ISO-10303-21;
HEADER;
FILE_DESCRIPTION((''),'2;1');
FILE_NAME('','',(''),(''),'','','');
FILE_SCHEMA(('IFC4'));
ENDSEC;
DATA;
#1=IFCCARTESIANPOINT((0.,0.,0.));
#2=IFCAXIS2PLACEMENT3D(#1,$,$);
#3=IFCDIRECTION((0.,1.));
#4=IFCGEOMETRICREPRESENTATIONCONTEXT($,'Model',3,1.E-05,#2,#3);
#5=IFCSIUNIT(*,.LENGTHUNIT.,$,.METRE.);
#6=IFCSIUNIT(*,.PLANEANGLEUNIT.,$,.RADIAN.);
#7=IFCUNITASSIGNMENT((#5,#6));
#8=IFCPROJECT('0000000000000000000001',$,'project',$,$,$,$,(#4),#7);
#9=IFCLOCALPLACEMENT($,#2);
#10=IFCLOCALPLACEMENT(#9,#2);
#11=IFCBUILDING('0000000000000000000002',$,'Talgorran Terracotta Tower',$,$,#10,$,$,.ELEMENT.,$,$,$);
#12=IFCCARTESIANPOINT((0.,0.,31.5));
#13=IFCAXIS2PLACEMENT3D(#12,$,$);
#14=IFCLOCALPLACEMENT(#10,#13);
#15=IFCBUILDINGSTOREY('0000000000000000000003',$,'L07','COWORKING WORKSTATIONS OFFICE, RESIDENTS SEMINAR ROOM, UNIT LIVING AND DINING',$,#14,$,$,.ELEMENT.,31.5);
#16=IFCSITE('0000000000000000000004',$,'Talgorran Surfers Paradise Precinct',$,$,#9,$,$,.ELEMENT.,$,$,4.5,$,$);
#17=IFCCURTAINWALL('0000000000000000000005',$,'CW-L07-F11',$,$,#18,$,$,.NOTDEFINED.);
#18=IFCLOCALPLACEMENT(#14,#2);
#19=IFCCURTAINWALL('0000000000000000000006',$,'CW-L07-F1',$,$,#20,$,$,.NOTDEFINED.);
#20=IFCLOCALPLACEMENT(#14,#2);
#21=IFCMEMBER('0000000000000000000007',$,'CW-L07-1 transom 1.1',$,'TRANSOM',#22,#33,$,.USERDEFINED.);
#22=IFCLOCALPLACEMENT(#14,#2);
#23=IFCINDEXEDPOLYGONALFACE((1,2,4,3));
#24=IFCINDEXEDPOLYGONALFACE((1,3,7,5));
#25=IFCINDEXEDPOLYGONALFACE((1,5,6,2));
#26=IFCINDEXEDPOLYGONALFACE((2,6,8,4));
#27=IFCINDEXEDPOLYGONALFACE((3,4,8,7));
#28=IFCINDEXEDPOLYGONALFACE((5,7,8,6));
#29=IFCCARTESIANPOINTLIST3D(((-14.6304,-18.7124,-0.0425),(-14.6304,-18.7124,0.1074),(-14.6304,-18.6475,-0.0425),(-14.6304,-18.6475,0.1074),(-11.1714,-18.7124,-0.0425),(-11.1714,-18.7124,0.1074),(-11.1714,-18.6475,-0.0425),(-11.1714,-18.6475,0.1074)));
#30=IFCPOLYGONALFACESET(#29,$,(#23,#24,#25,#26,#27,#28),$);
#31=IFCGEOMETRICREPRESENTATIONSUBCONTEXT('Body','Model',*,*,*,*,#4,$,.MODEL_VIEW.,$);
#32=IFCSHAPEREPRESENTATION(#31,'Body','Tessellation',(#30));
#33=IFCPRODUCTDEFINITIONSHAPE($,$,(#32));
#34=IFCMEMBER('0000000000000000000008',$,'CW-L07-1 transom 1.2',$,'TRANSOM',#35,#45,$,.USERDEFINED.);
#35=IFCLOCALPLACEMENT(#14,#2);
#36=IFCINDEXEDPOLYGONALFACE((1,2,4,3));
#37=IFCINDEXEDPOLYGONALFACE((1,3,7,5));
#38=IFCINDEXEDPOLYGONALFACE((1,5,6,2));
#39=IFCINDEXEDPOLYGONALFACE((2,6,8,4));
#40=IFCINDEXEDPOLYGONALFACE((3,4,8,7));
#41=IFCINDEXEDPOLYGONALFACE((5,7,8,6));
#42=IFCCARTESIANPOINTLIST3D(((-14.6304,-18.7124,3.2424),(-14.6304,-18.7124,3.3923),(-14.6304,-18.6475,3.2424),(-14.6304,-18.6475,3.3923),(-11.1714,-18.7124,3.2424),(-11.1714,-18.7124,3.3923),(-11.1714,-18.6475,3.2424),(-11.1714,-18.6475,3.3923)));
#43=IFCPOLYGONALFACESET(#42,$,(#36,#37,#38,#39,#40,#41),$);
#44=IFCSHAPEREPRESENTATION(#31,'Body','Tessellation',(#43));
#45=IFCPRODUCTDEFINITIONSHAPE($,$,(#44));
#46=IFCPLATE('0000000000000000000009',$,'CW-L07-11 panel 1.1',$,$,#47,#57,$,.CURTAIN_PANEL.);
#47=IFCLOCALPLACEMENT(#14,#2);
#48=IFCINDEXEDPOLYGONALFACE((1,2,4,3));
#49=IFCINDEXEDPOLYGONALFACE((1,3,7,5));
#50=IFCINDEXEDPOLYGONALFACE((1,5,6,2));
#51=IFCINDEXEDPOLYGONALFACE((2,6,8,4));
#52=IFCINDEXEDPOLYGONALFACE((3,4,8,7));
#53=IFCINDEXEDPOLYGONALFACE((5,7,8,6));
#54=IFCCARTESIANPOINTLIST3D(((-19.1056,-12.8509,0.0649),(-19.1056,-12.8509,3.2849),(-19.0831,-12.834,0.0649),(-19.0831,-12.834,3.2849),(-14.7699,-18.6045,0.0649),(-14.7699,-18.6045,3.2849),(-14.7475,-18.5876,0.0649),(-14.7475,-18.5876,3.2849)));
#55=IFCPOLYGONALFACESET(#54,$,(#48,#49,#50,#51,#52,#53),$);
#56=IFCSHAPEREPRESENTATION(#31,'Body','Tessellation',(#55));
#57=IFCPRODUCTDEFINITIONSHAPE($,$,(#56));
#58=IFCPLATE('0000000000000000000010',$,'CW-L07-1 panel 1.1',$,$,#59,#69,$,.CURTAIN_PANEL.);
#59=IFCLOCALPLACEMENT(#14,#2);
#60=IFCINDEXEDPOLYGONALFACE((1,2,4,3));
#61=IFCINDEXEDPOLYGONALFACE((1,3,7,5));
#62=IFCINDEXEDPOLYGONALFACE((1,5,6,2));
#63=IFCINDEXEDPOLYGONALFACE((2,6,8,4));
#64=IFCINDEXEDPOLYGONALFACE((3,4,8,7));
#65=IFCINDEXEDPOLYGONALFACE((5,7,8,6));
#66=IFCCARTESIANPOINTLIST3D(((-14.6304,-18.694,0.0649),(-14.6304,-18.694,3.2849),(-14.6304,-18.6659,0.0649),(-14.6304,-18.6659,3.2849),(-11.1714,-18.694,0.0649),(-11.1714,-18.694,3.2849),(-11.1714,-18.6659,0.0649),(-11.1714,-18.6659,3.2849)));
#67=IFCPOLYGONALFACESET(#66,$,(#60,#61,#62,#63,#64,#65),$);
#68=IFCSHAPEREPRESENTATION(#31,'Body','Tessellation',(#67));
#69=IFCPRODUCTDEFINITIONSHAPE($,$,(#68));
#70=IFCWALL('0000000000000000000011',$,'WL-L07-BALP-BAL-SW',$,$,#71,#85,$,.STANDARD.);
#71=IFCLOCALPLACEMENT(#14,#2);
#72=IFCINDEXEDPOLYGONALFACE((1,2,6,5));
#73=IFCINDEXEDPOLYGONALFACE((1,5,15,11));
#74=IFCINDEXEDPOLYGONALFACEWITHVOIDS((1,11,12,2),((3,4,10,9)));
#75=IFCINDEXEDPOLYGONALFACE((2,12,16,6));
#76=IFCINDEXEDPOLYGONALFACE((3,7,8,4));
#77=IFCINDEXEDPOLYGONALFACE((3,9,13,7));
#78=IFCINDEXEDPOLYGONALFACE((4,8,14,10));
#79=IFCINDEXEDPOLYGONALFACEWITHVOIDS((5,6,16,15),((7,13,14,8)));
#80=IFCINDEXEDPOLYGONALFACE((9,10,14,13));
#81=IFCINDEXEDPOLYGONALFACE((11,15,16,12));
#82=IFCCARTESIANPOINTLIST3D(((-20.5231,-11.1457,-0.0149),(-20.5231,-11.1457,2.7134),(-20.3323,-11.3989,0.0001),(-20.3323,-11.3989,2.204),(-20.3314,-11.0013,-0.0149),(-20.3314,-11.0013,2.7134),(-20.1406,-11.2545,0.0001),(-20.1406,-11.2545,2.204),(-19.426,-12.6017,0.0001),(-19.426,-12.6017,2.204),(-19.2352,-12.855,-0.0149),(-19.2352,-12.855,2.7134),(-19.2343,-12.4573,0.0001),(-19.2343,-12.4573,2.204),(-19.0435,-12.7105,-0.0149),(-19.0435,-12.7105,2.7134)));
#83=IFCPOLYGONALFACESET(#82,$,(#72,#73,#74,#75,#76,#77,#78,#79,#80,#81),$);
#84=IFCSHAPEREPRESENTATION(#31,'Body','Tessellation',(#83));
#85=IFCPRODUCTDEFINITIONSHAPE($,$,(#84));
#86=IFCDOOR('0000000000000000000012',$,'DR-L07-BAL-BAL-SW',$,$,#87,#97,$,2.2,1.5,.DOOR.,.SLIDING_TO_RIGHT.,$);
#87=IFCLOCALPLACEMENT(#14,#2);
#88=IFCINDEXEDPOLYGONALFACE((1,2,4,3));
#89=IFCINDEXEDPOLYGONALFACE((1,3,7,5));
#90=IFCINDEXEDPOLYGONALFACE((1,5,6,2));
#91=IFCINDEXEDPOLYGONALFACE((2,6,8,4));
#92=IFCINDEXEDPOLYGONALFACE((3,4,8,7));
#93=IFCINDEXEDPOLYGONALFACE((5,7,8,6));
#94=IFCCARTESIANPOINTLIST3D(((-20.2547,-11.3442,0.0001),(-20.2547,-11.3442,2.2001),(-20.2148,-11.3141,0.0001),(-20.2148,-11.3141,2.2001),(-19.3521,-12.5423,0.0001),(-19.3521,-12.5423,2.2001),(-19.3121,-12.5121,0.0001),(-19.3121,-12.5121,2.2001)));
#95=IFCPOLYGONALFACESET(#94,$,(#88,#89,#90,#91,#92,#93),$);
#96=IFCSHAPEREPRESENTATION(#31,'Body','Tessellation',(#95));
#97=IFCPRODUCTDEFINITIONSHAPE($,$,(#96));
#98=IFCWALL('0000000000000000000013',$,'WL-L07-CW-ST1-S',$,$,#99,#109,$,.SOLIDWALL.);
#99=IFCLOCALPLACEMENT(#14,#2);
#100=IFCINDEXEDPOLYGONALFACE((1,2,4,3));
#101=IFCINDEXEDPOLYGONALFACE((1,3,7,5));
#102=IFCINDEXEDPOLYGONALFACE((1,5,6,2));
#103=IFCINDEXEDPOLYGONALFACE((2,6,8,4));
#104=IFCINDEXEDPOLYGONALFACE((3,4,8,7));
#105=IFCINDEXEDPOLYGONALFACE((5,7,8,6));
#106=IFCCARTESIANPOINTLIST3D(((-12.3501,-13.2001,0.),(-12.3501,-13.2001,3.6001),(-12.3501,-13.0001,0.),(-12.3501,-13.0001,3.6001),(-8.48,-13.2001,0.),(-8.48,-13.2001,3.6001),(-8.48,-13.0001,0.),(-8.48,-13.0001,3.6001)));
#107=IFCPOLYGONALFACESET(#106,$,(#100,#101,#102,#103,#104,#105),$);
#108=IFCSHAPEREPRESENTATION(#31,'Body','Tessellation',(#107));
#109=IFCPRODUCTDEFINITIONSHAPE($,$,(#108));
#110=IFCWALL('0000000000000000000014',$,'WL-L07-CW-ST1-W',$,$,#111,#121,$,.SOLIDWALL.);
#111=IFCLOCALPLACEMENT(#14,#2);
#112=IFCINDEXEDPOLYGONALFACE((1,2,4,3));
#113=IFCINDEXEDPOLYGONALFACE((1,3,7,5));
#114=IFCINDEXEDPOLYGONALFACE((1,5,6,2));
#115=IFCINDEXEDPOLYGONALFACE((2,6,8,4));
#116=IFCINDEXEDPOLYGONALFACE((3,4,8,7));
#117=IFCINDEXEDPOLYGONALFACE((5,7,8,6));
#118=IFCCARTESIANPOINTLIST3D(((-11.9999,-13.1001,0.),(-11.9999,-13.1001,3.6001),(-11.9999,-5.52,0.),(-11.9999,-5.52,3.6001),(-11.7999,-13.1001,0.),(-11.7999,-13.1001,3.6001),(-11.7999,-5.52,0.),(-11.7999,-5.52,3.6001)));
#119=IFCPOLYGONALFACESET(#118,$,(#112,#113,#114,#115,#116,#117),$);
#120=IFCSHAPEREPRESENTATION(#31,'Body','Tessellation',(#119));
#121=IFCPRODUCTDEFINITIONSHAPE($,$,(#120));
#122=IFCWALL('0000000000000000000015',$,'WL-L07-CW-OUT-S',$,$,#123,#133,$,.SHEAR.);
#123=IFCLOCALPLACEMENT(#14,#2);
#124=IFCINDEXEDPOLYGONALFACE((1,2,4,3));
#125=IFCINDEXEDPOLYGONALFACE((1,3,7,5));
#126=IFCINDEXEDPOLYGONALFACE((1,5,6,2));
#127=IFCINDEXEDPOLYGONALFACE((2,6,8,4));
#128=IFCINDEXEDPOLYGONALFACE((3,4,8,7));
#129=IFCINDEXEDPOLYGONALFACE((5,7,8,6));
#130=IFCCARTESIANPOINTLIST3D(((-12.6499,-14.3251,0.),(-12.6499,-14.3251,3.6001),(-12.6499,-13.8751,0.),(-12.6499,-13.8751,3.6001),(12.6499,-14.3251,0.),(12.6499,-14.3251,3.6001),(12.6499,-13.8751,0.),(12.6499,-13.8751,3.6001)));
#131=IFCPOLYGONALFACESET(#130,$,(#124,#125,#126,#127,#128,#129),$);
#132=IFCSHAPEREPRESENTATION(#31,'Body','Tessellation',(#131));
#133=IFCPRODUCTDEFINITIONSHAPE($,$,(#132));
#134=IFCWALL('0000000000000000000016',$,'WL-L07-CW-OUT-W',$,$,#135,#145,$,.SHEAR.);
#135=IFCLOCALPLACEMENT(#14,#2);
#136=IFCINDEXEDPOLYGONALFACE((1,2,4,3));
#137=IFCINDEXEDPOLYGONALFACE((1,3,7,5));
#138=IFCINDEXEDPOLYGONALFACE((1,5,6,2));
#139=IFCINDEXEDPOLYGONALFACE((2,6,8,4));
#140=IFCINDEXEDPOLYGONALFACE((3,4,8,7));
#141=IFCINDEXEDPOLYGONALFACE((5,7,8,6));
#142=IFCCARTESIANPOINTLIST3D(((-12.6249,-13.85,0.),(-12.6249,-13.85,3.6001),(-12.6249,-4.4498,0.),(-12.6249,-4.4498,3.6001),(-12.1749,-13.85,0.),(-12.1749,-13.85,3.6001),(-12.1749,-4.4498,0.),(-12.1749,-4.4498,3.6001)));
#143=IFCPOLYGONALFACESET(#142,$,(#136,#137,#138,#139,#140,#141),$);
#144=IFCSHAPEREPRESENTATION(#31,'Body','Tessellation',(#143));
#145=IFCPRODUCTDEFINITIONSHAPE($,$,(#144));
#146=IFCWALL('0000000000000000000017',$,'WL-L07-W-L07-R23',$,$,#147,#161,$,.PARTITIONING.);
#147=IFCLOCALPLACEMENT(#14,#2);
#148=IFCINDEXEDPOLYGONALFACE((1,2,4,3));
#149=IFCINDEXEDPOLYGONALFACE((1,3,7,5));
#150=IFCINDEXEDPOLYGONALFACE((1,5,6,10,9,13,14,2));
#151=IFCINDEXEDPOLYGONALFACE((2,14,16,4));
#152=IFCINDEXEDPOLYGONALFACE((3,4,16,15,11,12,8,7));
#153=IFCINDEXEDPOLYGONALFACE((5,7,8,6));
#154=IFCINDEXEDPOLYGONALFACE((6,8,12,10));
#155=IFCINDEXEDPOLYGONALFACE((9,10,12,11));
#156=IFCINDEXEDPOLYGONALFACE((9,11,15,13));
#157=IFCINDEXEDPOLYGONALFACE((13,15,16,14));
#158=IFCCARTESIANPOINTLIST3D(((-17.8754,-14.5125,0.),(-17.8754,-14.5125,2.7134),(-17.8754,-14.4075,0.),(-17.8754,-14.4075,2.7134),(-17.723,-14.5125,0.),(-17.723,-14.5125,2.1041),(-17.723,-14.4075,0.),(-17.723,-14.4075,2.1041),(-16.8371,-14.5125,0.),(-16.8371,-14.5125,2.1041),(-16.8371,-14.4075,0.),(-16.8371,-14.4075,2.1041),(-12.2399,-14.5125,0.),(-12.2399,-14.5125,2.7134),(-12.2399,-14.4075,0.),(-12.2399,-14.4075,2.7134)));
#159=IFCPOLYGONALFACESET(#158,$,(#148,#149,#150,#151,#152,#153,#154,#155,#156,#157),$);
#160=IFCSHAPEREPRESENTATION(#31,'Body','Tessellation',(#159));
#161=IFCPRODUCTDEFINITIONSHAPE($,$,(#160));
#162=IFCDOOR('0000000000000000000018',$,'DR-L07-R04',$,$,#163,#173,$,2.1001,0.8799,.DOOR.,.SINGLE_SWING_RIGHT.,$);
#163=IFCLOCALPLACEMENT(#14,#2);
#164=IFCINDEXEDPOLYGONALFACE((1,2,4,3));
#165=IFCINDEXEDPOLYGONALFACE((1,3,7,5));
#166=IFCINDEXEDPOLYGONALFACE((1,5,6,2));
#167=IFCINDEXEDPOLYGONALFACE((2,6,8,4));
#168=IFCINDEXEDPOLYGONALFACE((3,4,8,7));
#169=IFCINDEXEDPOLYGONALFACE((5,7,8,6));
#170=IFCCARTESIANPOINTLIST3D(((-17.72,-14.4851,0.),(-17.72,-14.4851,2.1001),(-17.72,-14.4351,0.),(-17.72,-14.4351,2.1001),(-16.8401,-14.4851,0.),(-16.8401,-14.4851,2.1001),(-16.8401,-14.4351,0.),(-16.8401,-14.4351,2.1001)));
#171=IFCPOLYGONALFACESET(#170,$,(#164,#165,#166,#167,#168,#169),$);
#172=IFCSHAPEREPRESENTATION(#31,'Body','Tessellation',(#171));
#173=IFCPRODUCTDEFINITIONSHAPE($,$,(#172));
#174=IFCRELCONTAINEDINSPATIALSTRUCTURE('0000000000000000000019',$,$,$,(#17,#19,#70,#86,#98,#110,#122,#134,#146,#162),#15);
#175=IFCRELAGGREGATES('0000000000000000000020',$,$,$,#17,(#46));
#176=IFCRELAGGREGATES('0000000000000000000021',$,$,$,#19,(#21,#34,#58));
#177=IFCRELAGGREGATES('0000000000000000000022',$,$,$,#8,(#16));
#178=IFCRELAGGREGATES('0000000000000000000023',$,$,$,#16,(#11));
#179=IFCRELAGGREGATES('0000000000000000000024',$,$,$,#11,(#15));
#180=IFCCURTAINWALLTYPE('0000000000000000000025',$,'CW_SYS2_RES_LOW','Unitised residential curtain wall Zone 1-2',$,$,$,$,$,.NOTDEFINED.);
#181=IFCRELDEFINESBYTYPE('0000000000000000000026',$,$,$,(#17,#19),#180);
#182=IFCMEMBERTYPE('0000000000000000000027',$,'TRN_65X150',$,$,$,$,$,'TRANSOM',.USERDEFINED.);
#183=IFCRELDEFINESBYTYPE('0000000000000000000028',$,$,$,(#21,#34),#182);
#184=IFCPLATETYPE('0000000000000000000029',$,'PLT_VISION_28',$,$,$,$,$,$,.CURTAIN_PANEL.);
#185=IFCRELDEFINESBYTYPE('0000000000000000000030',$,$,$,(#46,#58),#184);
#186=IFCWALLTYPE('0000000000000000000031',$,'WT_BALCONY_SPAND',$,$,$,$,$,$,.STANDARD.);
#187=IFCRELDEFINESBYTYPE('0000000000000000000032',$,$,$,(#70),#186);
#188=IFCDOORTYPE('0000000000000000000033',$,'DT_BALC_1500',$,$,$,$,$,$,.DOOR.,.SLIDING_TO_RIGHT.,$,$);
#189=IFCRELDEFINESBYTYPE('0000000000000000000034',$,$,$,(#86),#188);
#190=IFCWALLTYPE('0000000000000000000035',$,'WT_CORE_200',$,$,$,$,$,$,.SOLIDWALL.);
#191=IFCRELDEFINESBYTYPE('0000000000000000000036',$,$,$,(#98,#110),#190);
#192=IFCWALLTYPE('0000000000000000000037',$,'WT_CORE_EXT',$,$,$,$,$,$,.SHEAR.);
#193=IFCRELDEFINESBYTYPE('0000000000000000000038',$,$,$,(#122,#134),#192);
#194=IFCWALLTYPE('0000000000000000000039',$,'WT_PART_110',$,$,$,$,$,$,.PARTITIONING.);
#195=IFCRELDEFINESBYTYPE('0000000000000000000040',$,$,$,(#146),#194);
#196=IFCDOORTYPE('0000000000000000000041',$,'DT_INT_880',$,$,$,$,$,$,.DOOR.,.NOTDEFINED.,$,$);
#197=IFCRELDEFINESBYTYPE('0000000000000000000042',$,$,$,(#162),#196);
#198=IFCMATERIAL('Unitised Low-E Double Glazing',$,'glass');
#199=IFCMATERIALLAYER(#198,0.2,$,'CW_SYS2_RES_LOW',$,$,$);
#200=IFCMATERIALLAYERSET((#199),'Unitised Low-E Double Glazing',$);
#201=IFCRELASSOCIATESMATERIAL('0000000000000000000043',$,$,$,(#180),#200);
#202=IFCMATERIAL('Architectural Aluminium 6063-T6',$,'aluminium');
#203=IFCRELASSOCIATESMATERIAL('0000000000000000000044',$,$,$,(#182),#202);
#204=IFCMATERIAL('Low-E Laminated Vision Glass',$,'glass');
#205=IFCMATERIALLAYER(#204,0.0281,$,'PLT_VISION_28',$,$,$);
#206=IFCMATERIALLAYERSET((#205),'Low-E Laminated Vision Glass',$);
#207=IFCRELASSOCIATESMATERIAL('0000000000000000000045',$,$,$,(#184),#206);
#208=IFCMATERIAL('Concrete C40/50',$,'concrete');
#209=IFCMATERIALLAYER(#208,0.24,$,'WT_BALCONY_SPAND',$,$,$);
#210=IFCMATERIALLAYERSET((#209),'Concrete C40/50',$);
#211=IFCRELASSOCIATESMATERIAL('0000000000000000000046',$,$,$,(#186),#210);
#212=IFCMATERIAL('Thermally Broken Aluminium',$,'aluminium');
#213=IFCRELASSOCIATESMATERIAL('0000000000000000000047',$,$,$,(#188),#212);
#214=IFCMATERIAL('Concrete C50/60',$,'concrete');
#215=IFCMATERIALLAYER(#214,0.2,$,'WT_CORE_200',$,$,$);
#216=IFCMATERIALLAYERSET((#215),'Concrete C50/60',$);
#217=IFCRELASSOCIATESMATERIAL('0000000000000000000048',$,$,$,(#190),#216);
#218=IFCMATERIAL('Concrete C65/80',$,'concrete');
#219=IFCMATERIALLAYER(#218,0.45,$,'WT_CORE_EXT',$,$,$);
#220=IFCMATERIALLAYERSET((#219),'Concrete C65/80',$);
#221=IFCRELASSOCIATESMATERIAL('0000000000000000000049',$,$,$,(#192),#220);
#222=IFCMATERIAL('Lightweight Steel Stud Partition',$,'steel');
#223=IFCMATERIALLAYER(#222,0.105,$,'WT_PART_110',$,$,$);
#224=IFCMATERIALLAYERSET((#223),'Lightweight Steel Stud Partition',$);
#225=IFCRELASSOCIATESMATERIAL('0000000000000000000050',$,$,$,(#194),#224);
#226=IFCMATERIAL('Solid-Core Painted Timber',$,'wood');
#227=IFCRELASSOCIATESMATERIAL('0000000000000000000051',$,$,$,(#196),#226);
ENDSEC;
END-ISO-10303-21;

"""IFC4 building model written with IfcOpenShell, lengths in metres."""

from ifc_helpers import new_model, si_unit, direction, frame, frame_2d, origin, origin_2d, place, context, subcontext, project, spatial, rectangle, extrude, source, transform, mapped, material, layer, layer_set, material_profile, profile_set, type_object, type_shapes, element, fill, aggregate, save


model = new_model("IFC4")

# Units and contexts
model_context = context("Model", 3, precision=1e-05, world=origin(), true_north=direction((0.0, 1.0)))
body_context = subcontext(model_context, "Body", "Model", "MODEL_VIEW")
ifc_project = project(units=[si_unit("LENGTHUNIT", "METRE"), si_unit("PLANEANGLEUNIT", "RADIAN")], contexts=[model_context])

# Site, building, storey
site_placement = place(None, origin())
site = spatial("IfcSite", under=ifc_project, at=site_placement, Name="Talgorran Surfers Paradise Precinct", CompositionType="ELEMENT", RefElevation=4.5)
building_placement = place(site_placement, origin())
building = spatial("IfcBuilding", under=site, at=building_placement, Name="Talgorran Terracotta Tower", CompositionType="ELEMENT")
storey_placement = place(building_placement, frame((0.0, 0.0, 31.5)))
storey = spatial("IfcBuildingStorey", under=building, at=storey_placement, Name="L07", Description="COWORKING WORKSTATIONS OFFICE, RESIDENTS SEMINAR ROOM, UNIT LIVING AND DINING", CompositionType="ELEMENT", Elevation=31.5)

# Curtain walls
ifc_material_1 = material(Name="Unitised Low-E Double Glazing", Category="glass")
ifc_layer_1 = layer(ifc_material_1, 0.2, Name="CW_SYS2_RES_LOW")
ifc_layer_set_1 = layer_set([ifc_layer_1], Name="Unitised Low-E Double Glazing")
curtain_wall_type = type_object("IfcCurtainWallType", Name="CW_SYS2_RES_LOW", Description="Unitised residential curtain wall Zone 1-2", PredefinedType="NOTDEFINED", material=ifc_layer_set_1)
curtain_wall_1_placement = place(storey_placement, origin())
curtain_wall_1 = element("IfcCurtainWall", 1, at=curtain_wall_1_placement, inside=storey, type_object=curtain_wall_type, Name="CW-L07-F11", PredefinedType="NOTDEFINED")
ifc_material_2 = material(Name="Architectural Aluminium 6063-T6", Category="aluminium")
curtain_wall_2_placement = place(storey_placement, origin())
curtain_wall_2 = element("IfcCurtainWall", 2, at=curtain_wall_2_placement, inside=storey, type_object=curtain_wall_type, Name="CW-L07-F1", PredefinedType="NOTDEFINED")

# Members
ifc_material_profile_1 = material_profile(ifc_material_2, rectangle(XDim=0.0649, YDim=0.1499, at=origin_2d()), Name="CWT65X150")
ifc_profile_set_1 = profile_set([ifc_material_profile_1], Name="Architectural Aluminium 6063-T6")
member_type_1 = type_object("IfcMemberType", Name="TRN_65X150", ElementType="TRANSOM", PredefinedType="USERDEFINED", material=ifc_profile_set_1)
member_1_placement = place(storey_placement, frame((-14.6304, -18.6799, 0.0325), z_axis=(1.0, 0.0, 0.0), x_axis=(0.0, 1.0, 0.0)))
member_1 = element("IfcMember", 3, at=member_1_placement, type_object=member_type_1, Name="CW-L07-1 transom 1.1", ObjectType="TRANSOM", PredefinedType="USERDEFINED", context=body_context, shape_type="SweptSolid", body=[
    extrude(rectangle(XDim=0.0649, YDim=0.1499, at=origin_2d()), origin(), (0.0, 0.0, 1.0), 3.459),
])
member_2_placement = place(storey_placement, frame((-14.6304, -18.6799, 3.3174), z_axis=(1.0, 0.0, 0.0), x_axis=(0.0, 1.0, 0.0)))
member_2 = element("IfcMember", 4, at=member_2_placement, type_object=member_type_1, Name="CW-L07-1 transom 1.2", ObjectType="TRANSOM", PredefinedType="USERDEFINED", context=body_context, shape_type="SweptSolid", body=[
    extrude(rectangle(XDim=0.0649, YDim=0.1499, at=origin_2d()), origin(), (0.0, 0.0, 1.0), 3.459),
])

# Plates
ifc_material_3 = material(Name="Low-E Laminated Vision Glass", Category="glass")
ifc_layer_2 = layer(ifc_material_3, 0.0281, Name="PLT_VISION_28")
ifc_layer_set_2 = layer_set([ifc_layer_2], Name="Low-E Laminated Vision Glass")
plate_type = type_object("IfcPlateType", Name="PLT_VISION_28", PredefinedType="CURTAIN_PANEL", material=ifc_layer_set_2)
shared_shape_1 = source(origin(), body_context, "Body", "SweptSolid", [
    extrude(rectangle(XDim=7.2043, YDim=0.0281, at=origin_2d()), origin(), (0.0, 0.0, 1.0), 3.22),
])
plate_1_placement = place(storey_placement, frame((-16.9265, -15.7192, 0.0649), z_axis=(0.0, 0.0, 1.0), x_axis=(0.601811, -0.798638, 0.0)))
plate_1 = element("IfcPlate", 5, at=plate_1_placement, type_object=plate_type, Name="CW-L07-11 panel 1.1", PredefinedType="CURTAIN_PANEL", context=body_context, shape_type="MappedRepresentation", body=[
    mapped(shared_shape_1, transform((0.0, 0.0, 0.0), scale=1.0)),
])
aggregate(curtain_wall_1, [plate_1])
shared_shape_2 = source(origin(), body_context, "Body", "SweptSolid", [
    extrude(rectangle(XDim=3.459, YDim=0.0281, at=origin_2d()), origin(), (0.0, 0.0, 1.0), 3.22),
])
type_shapes(plate_type, [shared_shape_1, shared_shape_2])
plate_2_placement = place(storey_placement, frame((-12.9009, -18.6799, 0.0649), z_axis=(0.0, 0.0, 1.0), x_axis=(1.0, 0.0, 0.0)))
plate_2 = element("IfcPlate", 6, at=plate_2_placement, type_object=plate_type, Name="CW-L07-1 panel 1.1", PredefinedType="CURTAIN_PANEL", context=body_context, shape_type="MappedRepresentation", body=[
    mapped(shared_shape_2, transform((0.0, 0.0, 0.0), scale=1.0)),
])
aggregate(curtain_wall_2, [member_1, member_2, plate_2])

# Wall, opening, door
ifc_material_4 = material(Name="Concrete C40/50", Category="concrete")
ifc_layer_3 = layer(ifc_material_4, 0.24, Name="WT_BALCONY_SPAND")
ifc_layer_set_3 = layer_set([ifc_layer_3], Name="Concrete C40/50")
wall_type_1 = type_object("IfcWallType", Name="WT_BALCONY_SPAND", PredefinedType="STANDARD", material=ifc_layer_set_3)
wall_1_placement = place(storey_placement, frame((-20.4272, -11.0735, -0.0149), z_axis=(0.0, 0.0, 1.0), x_axis=(0.601769, -0.79867, 0.0)))
wall_1 = element("IfcWall", 7, at=wall_1_placement, inside=storey, type_object=wall_type_1, Name="WL-L07-BALP-BAL-SW", PredefinedType="STANDARD", context=body_context, shape_type="SweptSolid", body=[
    extrude(rectangle(XDim=2.1401, YDim=0.24, at=frame_2d((1.0701, 0.0))), origin(), (0.0, 0.0, 1.0), 2.7283),
])
opening_1_placement = place(wall_1_placement, frame((0.3201, 0.0, 0.0149)))
opening_1 = element("IfcOpeningElement", 8, at=opening_1_placement, cuts=wall_1, PredefinedType="OPENING", context=body_context, shape_type="SweptSolid", body=[
    extrude(rectangle(XDim=1.506, YDim=2.204, at=frame_2d((0.75, 1.1021))), frame((0.0, 0.1299, 0.0), z_axis=(0.0, -1.0, 0.0), x_axis=(1.0, 0.0, 0.0)), (0.0, 0.0, 1.0), 0.26),
])
ifc_material_5 = material(Name="Thermally Broken Aluminium", Category="aluminium")
door_type_1 = type_object("IfcDoorType", Name="DT_BALC_1500", OperationType="SLIDING_TO_RIGHT", PredefinedType="DOOR", material=ifc_material_5)
door_1_placement = place(opening_1_placement, origin())
door_1 = element("IfcDoor", 9, at=door_1_placement, inside=storey, type_object=door_type_1, Name="DR-L07-BAL-BAL-SW", OperationType="SLIDING_TO_RIGHT", OverallHeight=2.2, OverallWidth=1.5, PredefinedType="DOOR", context=body_context, shape_type="SweptSolid", body=[
    extrude(rectangle(XDim=1.5, YDim=2.2, at=frame_2d((0.75, 1.1001))), frame((0.0, 0.0249, 0.0), z_axis=(0.0, -1.0, 0.0), x_axis=(1.0, 0.0, 0.0)), (0.0, 0.0, 1.0), 0.05),
])
fill(opening_1, door_1)

# Walls
ifc_material_6 = material(Name="Concrete C50/60", Category="concrete")
ifc_layer_4 = layer(ifc_material_6, 0.2, Name="WT_CORE_200")
ifc_layer_set_4 = layer_set([ifc_layer_4], Name="Concrete C50/60")
wall_type_2 = type_object("IfcWallType", Name="WT_CORE_200", PredefinedType="SOLIDWALL", material=ifc_layer_set_4)
wall_2_placement = place(storey_placement, frame((-12.3501, -13.1001, 0.0), z_axis=(0.0, 0.0, 1.0), x_axis=(1.0, 0.0, 0.0)))
element("IfcWall", 10, at=wall_2_placement, inside=storey, type_object=wall_type_2, Name="WL-L07-CW-ST1-S", PredefinedType="SOLIDWALL", context=body_context, shape_type="SweptSolid", body=[
    extrude(rectangle(XDim=3.8701, YDim=0.2, at=frame_2d((1.9351, 0.0))), origin(), (0.0, 0.0, 1.0), 3.6001),
])
wall_3_placement = place(storey_placement, frame((-11.8999, -13.1001, 0.0), z_axis=(0.0, 0.0, 1.0), x_axis=(0.0, 1.0, 0.0)))
element("IfcWall", 11, at=wall_3_placement, inside=storey, type_object=wall_type_2, Name="WL-L07-CW-ST1-W", PredefinedType="SOLIDWALL", context=body_context, shape_type="SweptSolid", body=[
    extrude(rectangle(XDim=7.5801, YDim=0.2, at=frame_2d((3.79, 0.0))), origin(), (0.0, 0.0, 1.0), 3.6001),
])
ifc_material_7 = material(Name="Concrete C65/80", Category="concrete")
ifc_layer_5 = layer(ifc_material_7, 0.45, Name="WT_CORE_EXT")
ifc_layer_set_5 = layer_set([ifc_layer_5], Name="Concrete C65/80")
wall_type_3 = type_object("IfcWallType", Name="WT_CORE_EXT", PredefinedType="SHEAR", material=ifc_layer_set_5)
wall_4_placement = place(storey_placement, frame((-12.6499, -14.1001, 0.0), z_axis=(0.0, 0.0, 1.0), x_axis=(1.0, 0.0, 0.0)))
element("IfcWall", 12, at=wall_4_placement, inside=storey, type_object=wall_type_3, Name="WL-L07-CW-OUT-S", PredefinedType="SHEAR", context=body_context, shape_type="SweptSolid", body=[
    extrude(rectangle(XDim=25.2998, YDim=0.45, at=frame_2d((12.6499, 0.0))), origin(), (0.0, 0.0, 1.0), 3.6001),
])
wall_5_placement = place(storey_placement, frame((-12.3999, -13.8501, 0.0), z_axis=(0.0, 0.0, 1.0), x_axis=(0.0, 1.0, 0.0)))
element("IfcWall", 13, at=wall_5_placement, inside=storey, type_object=wall_type_3, Name="WL-L07-CW-OUT-W", PredefinedType="SHEAR", context=body_context, shape_type="SweptSolid", body=[
    extrude(rectangle(XDim=9.4001, YDim=0.45, at=frame_2d((4.7002, 0.0))), origin(), (0.0, 0.0, 1.0), 3.6001),
])

# Wall, opening, door
ifc_material_8 = material(Name="Lightweight Steel Stud Partition", Category="steel")
ifc_layer_6 = layer(ifc_material_8, 0.105, Name="WT_PART_110")
ifc_layer_set_6 = layer_set([ifc_layer_6], Name="Lightweight Steel Stud Partition")
wall_type_4 = type_object("IfcWallType", Name="WT_PART_110", PredefinedType="PARTITIONING", material=ifc_layer_set_6)
wall_6_placement = place(storey_placement, frame((-17.8755, -14.46, 0.0), z_axis=(0.0, 0.0, 1.0), x_axis=(1.0, 0.0, 0.0)))
wall_6 = element("IfcWall", 14, at=wall_6_placement, inside=storey, type_object=wall_type_4, Name="WL-L07-W-L07-R23", PredefinedType="PARTITIONING", context=body_context, shape_type="SweptSolid", body=[
    extrude(rectangle(XDim=5.6355, YDim=0.105, at=frame_2d((2.8179, 0.0))), origin(), (0.0, 0.0, 1.0), 2.7134),
])
opening_2_placement = place(wall_6_placement, frame((0.1555, 0.0, 0.0)))
opening_2 = element("IfcOpeningElement", 15, at=opening_2_placement, cuts=wall_6, PredefinedType="OPENING", context=body_context, shape_type="SweptSolid", body=[
    extrude(rectangle(XDim=0.8859, YDim=2.1041, at=frame_2d((0.4399, 1.052))), frame((0.0, 0.0625, 0.0), z_axis=(0.0, -1.0, 0.0), x_axis=(1.0, 0.0, 0.0)), (0.0, 0.0, 1.0), 0.125),
])
ifc_material_9 = material(Name="Solid-Core Painted Timber", Category="wood")
door_type_2 = type_object("IfcDoorType", Name="DT_INT_880", OperationType="NOTDEFINED", PredefinedType="DOOR", material=ifc_material_9)
door_2_placement = place(opening_2_placement, origin())
door_2 = element("IfcDoor", 16, at=door_2_placement, inside=storey, type_object=door_type_2, Name="DR-L07-R04", OperationType="SINGLE_SWING_RIGHT", OverallHeight=2.1001, OverallWidth=0.8799, PredefinedType="DOOR", context=body_context, shape_type="SweptSolid", body=[
    extrude(rectangle(XDim=0.8799, YDim=2.1001, at=frame_2d((0.4399, 1.05))), frame((0.0, 0.0249, 0.0), z_axis=(0.0, -1.0, 0.0), x_axis=(1.0, 0.0, 0.0)), (0.0, 0.0, 1.0), 0.05),
])
fill(opening_2, door_2)

save(model, "model.ifc")
